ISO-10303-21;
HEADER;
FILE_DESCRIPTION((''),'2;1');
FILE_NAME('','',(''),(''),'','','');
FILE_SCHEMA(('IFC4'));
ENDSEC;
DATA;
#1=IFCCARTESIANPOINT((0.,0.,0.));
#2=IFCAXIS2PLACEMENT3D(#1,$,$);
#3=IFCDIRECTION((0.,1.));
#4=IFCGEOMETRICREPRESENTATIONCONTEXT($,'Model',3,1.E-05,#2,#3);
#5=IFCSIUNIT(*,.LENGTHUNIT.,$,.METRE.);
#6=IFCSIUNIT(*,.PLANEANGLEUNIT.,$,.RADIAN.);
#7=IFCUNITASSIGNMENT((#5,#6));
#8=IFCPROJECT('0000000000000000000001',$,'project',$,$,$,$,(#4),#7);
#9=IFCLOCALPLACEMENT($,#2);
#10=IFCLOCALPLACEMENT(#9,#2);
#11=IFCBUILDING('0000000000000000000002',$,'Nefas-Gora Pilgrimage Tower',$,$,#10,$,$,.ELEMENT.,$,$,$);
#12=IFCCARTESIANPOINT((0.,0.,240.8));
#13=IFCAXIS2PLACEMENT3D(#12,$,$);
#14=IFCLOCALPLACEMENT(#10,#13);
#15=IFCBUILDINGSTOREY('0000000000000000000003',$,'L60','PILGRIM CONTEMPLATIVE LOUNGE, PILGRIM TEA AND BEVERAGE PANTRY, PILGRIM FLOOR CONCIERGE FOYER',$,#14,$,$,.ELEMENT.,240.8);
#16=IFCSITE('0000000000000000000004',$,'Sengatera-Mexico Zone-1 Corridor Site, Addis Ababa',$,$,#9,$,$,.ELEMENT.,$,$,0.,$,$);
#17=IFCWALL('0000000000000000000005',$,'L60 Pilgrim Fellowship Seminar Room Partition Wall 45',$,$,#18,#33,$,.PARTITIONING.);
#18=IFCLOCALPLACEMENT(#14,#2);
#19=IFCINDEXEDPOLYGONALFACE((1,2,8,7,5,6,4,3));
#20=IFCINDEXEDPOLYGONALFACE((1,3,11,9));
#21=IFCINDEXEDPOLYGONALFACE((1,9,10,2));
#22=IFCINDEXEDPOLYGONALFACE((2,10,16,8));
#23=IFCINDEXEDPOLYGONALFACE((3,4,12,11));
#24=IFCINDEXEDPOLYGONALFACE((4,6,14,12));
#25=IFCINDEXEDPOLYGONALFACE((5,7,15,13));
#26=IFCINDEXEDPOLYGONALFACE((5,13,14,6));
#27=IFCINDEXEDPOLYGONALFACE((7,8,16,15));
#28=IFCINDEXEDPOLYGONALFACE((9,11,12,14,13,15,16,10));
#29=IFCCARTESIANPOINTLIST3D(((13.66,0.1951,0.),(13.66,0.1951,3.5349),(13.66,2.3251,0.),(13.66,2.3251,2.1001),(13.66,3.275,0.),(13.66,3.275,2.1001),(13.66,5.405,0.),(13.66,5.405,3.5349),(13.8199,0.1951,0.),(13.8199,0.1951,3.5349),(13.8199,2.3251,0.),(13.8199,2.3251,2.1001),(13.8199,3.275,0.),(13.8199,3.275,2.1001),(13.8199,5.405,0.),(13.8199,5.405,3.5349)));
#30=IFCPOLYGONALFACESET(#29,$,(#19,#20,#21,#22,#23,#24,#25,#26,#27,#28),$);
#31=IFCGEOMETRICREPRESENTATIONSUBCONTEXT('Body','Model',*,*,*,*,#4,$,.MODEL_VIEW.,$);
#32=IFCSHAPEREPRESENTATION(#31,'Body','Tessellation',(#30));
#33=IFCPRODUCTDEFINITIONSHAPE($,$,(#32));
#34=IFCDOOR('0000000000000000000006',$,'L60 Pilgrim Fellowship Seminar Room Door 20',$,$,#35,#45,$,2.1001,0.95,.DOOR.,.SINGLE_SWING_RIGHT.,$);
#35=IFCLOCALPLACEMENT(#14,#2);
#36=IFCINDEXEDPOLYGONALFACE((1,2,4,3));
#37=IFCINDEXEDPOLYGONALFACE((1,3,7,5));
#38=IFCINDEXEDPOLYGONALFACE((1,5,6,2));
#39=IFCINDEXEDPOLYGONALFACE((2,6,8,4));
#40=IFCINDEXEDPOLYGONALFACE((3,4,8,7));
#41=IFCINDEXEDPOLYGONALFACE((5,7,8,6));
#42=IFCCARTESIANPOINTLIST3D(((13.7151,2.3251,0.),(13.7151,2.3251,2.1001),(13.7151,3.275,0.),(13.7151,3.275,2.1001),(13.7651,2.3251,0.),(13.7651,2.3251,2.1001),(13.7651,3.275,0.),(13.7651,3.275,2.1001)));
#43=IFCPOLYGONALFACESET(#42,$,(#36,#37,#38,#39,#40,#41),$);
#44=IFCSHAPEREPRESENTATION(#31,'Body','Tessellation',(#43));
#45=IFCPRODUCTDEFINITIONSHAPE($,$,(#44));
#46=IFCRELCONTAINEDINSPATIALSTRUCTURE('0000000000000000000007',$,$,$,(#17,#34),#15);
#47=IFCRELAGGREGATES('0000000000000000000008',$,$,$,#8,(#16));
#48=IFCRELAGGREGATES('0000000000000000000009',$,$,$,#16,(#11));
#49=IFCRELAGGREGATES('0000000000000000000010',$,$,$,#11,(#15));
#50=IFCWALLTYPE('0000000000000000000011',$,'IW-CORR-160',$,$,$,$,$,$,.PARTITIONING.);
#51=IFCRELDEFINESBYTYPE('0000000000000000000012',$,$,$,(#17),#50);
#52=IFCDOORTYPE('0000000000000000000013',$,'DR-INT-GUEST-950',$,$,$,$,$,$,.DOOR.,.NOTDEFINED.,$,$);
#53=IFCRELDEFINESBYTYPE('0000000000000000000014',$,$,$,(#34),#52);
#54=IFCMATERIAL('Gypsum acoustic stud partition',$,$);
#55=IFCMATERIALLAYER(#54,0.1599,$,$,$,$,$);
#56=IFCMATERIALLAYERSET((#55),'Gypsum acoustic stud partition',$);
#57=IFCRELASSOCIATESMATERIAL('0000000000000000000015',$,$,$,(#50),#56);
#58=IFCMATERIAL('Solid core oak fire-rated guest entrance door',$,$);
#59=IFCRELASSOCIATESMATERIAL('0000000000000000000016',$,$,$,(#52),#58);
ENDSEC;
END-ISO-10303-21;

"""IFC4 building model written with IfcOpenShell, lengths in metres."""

from ifc_helpers import new_model, si_unit, direction, frame, frame_2d, origin, place, context, subcontext, project, spatial, rectangle, extrude, source, transform, mapped, material, layer, layer_set, type_object, element, fill, save


model = new_model("IFC4")

# Units and contexts
model_context = context("Model", 3, precision=1e-05, world=origin(), true_north=direction((0.0, 1.0)))
body_context = subcontext(model_context, "Body", "Model", "MODEL_VIEW")
ifc_project = project(units=[si_unit("LENGTHUNIT", "METRE"), si_unit("PLANEANGLEUNIT", "RADIAN")], contexts=[model_context])

# Site, building, storey
site_placement = place(None, origin())
site = spatial("IfcSite", under=ifc_project, at=site_placement, Name="Sengatera-Mexico Zone-1 Corridor Site, Addis Ababa", CompositionType="ELEMENT", RefElevation=0.0)
building_placement = place(site_placement, origin())
building = spatial("IfcBuilding", under=site, at=building_placement, Name="Nefas-Gora Pilgrimage Tower", CompositionType="ELEMENT")
storey_placement = place(building_placement, frame((0.0, 0.0, 240.8)))
storey = spatial("IfcBuildingStorey", under=building, at=storey_placement, Name="L60", Description="PILGRIM CONTEMPLATIVE LOUNGE, PILGRIM TEA AND BEVERAGE PANTRY, PILGRIM FLOOR CONCIERGE FOYER", CompositionType="ELEMENT", Elevation=240.8)

# Shared definitions
ifc_material_1 = material(Name="Gypsum acoustic stud partition")
ifc_layer_1 = layer(ifc_material_1, 0.1599)
ifc_layer_set_1 = layer_set([ifc_layer_1], Name="Gypsum acoustic stud partition")
wall_type_1 = type_object("IfcWallType", Name="IW-CORR-160", PredefinedType="PARTITIONING", material=ifc_layer_set_1)
ifc_material_2 = material(Name="Solid core oak fire-rated guest entrance door")
door_type = type_object("IfcDoorType", Name="DR-INT-GUEST-950", OperationType="NOTDEFINED", PredefinedType="DOOR", material=ifc_material_2)
shared_shape_1 = source(origin(), body_context, "Body", "SweptSolid", [
    extrude(rectangle(XDim=0.95, YDim=2.1001, at=frame_2d((0.4751, 1.05))), frame((0.0, 0.0249, 0.0), z_axis=(0.0, -1.0, 0.0), x_axis=(1.0, 0.0, 0.0)), (0.0, 0.0, 1.0), 0.05),
])

# Wall, opening, door
shared_shape_2 = source(origin(), body_context, "Body", "SweptSolid", [
    extrude(rectangle(XDim=5.21, YDim=0.1599, at=frame_2d((2.605, 0.0))), origin(), (0.0, 0.0, 1.0), 3.5349),
])
wall_1_placement = place(storey_placement, frame((13.74, 0.1951, 0.0), z_axis=(0.0, 0.0, 1.0), x_axis=(0.0, 1.0, 0.0)))
wall_1 = element("IfcWall", 1, at=wall_1_placement, inside=storey, type_object=wall_type_1, Name="L60 Pilgrim Fellowship Seminar Room Partition Wall 45", PredefinedType="PARTITIONING", context=body_context, shape_type="MappedRepresentation", body=[
    mapped(shared_shape_2, transform((0.0, 0.0, 0.0), x_axis=(1.0, 0.0, 0.0), y_axis=(0.0, 1.0, 0.0), z_axis=(0.0, 0.0, 1.0), scale=1.0)),
])
opening_1_placement = place(wall_1_placement, frame((2.1299, 0.0, 0.0)))
opening_1 = element("IfcOpeningElement", 2, at=opening_1_placement, cuts=wall_1, PredefinedType="OPENING", context=body_context, shape_type="SweptSolid", body=[
    extrude(rectangle(XDim=0.95, YDim=2.1001, at=frame_2d((0.4751, 1.05))), frame((0.0, 0.0898, 0.0), z_axis=(0.0, -1.0, 0.0), x_axis=(1.0, 0.0, 0.0)), (0.0, 0.0, 1.0), 0.1799),
])
door_1_placement = place(opening_1_placement, origin())
door_1 = element("IfcDoor", 3, at=door_1_placement, inside=storey, type_object=door_type, Name="L60 Pilgrim Fellowship Seminar Room Door 20", OperationType="SINGLE_SWING_RIGHT", OverallHeight=2.1001, OverallWidth=0.95, PredefinedType="DOOR", context=body_context, shape_type="MappedRepresentation", body=[
    mapped(shared_shape_1, transform((0.0, 0.0, 0.0), x_axis=(1.0, 0.0, 0.0), y_axis=(0.0, 1.0, 0.0), z_axis=(0.0, 0.0, 1.0), scale=1.0)),
])
fill(opening_1, door_1)

save(model, "model.ifc")
